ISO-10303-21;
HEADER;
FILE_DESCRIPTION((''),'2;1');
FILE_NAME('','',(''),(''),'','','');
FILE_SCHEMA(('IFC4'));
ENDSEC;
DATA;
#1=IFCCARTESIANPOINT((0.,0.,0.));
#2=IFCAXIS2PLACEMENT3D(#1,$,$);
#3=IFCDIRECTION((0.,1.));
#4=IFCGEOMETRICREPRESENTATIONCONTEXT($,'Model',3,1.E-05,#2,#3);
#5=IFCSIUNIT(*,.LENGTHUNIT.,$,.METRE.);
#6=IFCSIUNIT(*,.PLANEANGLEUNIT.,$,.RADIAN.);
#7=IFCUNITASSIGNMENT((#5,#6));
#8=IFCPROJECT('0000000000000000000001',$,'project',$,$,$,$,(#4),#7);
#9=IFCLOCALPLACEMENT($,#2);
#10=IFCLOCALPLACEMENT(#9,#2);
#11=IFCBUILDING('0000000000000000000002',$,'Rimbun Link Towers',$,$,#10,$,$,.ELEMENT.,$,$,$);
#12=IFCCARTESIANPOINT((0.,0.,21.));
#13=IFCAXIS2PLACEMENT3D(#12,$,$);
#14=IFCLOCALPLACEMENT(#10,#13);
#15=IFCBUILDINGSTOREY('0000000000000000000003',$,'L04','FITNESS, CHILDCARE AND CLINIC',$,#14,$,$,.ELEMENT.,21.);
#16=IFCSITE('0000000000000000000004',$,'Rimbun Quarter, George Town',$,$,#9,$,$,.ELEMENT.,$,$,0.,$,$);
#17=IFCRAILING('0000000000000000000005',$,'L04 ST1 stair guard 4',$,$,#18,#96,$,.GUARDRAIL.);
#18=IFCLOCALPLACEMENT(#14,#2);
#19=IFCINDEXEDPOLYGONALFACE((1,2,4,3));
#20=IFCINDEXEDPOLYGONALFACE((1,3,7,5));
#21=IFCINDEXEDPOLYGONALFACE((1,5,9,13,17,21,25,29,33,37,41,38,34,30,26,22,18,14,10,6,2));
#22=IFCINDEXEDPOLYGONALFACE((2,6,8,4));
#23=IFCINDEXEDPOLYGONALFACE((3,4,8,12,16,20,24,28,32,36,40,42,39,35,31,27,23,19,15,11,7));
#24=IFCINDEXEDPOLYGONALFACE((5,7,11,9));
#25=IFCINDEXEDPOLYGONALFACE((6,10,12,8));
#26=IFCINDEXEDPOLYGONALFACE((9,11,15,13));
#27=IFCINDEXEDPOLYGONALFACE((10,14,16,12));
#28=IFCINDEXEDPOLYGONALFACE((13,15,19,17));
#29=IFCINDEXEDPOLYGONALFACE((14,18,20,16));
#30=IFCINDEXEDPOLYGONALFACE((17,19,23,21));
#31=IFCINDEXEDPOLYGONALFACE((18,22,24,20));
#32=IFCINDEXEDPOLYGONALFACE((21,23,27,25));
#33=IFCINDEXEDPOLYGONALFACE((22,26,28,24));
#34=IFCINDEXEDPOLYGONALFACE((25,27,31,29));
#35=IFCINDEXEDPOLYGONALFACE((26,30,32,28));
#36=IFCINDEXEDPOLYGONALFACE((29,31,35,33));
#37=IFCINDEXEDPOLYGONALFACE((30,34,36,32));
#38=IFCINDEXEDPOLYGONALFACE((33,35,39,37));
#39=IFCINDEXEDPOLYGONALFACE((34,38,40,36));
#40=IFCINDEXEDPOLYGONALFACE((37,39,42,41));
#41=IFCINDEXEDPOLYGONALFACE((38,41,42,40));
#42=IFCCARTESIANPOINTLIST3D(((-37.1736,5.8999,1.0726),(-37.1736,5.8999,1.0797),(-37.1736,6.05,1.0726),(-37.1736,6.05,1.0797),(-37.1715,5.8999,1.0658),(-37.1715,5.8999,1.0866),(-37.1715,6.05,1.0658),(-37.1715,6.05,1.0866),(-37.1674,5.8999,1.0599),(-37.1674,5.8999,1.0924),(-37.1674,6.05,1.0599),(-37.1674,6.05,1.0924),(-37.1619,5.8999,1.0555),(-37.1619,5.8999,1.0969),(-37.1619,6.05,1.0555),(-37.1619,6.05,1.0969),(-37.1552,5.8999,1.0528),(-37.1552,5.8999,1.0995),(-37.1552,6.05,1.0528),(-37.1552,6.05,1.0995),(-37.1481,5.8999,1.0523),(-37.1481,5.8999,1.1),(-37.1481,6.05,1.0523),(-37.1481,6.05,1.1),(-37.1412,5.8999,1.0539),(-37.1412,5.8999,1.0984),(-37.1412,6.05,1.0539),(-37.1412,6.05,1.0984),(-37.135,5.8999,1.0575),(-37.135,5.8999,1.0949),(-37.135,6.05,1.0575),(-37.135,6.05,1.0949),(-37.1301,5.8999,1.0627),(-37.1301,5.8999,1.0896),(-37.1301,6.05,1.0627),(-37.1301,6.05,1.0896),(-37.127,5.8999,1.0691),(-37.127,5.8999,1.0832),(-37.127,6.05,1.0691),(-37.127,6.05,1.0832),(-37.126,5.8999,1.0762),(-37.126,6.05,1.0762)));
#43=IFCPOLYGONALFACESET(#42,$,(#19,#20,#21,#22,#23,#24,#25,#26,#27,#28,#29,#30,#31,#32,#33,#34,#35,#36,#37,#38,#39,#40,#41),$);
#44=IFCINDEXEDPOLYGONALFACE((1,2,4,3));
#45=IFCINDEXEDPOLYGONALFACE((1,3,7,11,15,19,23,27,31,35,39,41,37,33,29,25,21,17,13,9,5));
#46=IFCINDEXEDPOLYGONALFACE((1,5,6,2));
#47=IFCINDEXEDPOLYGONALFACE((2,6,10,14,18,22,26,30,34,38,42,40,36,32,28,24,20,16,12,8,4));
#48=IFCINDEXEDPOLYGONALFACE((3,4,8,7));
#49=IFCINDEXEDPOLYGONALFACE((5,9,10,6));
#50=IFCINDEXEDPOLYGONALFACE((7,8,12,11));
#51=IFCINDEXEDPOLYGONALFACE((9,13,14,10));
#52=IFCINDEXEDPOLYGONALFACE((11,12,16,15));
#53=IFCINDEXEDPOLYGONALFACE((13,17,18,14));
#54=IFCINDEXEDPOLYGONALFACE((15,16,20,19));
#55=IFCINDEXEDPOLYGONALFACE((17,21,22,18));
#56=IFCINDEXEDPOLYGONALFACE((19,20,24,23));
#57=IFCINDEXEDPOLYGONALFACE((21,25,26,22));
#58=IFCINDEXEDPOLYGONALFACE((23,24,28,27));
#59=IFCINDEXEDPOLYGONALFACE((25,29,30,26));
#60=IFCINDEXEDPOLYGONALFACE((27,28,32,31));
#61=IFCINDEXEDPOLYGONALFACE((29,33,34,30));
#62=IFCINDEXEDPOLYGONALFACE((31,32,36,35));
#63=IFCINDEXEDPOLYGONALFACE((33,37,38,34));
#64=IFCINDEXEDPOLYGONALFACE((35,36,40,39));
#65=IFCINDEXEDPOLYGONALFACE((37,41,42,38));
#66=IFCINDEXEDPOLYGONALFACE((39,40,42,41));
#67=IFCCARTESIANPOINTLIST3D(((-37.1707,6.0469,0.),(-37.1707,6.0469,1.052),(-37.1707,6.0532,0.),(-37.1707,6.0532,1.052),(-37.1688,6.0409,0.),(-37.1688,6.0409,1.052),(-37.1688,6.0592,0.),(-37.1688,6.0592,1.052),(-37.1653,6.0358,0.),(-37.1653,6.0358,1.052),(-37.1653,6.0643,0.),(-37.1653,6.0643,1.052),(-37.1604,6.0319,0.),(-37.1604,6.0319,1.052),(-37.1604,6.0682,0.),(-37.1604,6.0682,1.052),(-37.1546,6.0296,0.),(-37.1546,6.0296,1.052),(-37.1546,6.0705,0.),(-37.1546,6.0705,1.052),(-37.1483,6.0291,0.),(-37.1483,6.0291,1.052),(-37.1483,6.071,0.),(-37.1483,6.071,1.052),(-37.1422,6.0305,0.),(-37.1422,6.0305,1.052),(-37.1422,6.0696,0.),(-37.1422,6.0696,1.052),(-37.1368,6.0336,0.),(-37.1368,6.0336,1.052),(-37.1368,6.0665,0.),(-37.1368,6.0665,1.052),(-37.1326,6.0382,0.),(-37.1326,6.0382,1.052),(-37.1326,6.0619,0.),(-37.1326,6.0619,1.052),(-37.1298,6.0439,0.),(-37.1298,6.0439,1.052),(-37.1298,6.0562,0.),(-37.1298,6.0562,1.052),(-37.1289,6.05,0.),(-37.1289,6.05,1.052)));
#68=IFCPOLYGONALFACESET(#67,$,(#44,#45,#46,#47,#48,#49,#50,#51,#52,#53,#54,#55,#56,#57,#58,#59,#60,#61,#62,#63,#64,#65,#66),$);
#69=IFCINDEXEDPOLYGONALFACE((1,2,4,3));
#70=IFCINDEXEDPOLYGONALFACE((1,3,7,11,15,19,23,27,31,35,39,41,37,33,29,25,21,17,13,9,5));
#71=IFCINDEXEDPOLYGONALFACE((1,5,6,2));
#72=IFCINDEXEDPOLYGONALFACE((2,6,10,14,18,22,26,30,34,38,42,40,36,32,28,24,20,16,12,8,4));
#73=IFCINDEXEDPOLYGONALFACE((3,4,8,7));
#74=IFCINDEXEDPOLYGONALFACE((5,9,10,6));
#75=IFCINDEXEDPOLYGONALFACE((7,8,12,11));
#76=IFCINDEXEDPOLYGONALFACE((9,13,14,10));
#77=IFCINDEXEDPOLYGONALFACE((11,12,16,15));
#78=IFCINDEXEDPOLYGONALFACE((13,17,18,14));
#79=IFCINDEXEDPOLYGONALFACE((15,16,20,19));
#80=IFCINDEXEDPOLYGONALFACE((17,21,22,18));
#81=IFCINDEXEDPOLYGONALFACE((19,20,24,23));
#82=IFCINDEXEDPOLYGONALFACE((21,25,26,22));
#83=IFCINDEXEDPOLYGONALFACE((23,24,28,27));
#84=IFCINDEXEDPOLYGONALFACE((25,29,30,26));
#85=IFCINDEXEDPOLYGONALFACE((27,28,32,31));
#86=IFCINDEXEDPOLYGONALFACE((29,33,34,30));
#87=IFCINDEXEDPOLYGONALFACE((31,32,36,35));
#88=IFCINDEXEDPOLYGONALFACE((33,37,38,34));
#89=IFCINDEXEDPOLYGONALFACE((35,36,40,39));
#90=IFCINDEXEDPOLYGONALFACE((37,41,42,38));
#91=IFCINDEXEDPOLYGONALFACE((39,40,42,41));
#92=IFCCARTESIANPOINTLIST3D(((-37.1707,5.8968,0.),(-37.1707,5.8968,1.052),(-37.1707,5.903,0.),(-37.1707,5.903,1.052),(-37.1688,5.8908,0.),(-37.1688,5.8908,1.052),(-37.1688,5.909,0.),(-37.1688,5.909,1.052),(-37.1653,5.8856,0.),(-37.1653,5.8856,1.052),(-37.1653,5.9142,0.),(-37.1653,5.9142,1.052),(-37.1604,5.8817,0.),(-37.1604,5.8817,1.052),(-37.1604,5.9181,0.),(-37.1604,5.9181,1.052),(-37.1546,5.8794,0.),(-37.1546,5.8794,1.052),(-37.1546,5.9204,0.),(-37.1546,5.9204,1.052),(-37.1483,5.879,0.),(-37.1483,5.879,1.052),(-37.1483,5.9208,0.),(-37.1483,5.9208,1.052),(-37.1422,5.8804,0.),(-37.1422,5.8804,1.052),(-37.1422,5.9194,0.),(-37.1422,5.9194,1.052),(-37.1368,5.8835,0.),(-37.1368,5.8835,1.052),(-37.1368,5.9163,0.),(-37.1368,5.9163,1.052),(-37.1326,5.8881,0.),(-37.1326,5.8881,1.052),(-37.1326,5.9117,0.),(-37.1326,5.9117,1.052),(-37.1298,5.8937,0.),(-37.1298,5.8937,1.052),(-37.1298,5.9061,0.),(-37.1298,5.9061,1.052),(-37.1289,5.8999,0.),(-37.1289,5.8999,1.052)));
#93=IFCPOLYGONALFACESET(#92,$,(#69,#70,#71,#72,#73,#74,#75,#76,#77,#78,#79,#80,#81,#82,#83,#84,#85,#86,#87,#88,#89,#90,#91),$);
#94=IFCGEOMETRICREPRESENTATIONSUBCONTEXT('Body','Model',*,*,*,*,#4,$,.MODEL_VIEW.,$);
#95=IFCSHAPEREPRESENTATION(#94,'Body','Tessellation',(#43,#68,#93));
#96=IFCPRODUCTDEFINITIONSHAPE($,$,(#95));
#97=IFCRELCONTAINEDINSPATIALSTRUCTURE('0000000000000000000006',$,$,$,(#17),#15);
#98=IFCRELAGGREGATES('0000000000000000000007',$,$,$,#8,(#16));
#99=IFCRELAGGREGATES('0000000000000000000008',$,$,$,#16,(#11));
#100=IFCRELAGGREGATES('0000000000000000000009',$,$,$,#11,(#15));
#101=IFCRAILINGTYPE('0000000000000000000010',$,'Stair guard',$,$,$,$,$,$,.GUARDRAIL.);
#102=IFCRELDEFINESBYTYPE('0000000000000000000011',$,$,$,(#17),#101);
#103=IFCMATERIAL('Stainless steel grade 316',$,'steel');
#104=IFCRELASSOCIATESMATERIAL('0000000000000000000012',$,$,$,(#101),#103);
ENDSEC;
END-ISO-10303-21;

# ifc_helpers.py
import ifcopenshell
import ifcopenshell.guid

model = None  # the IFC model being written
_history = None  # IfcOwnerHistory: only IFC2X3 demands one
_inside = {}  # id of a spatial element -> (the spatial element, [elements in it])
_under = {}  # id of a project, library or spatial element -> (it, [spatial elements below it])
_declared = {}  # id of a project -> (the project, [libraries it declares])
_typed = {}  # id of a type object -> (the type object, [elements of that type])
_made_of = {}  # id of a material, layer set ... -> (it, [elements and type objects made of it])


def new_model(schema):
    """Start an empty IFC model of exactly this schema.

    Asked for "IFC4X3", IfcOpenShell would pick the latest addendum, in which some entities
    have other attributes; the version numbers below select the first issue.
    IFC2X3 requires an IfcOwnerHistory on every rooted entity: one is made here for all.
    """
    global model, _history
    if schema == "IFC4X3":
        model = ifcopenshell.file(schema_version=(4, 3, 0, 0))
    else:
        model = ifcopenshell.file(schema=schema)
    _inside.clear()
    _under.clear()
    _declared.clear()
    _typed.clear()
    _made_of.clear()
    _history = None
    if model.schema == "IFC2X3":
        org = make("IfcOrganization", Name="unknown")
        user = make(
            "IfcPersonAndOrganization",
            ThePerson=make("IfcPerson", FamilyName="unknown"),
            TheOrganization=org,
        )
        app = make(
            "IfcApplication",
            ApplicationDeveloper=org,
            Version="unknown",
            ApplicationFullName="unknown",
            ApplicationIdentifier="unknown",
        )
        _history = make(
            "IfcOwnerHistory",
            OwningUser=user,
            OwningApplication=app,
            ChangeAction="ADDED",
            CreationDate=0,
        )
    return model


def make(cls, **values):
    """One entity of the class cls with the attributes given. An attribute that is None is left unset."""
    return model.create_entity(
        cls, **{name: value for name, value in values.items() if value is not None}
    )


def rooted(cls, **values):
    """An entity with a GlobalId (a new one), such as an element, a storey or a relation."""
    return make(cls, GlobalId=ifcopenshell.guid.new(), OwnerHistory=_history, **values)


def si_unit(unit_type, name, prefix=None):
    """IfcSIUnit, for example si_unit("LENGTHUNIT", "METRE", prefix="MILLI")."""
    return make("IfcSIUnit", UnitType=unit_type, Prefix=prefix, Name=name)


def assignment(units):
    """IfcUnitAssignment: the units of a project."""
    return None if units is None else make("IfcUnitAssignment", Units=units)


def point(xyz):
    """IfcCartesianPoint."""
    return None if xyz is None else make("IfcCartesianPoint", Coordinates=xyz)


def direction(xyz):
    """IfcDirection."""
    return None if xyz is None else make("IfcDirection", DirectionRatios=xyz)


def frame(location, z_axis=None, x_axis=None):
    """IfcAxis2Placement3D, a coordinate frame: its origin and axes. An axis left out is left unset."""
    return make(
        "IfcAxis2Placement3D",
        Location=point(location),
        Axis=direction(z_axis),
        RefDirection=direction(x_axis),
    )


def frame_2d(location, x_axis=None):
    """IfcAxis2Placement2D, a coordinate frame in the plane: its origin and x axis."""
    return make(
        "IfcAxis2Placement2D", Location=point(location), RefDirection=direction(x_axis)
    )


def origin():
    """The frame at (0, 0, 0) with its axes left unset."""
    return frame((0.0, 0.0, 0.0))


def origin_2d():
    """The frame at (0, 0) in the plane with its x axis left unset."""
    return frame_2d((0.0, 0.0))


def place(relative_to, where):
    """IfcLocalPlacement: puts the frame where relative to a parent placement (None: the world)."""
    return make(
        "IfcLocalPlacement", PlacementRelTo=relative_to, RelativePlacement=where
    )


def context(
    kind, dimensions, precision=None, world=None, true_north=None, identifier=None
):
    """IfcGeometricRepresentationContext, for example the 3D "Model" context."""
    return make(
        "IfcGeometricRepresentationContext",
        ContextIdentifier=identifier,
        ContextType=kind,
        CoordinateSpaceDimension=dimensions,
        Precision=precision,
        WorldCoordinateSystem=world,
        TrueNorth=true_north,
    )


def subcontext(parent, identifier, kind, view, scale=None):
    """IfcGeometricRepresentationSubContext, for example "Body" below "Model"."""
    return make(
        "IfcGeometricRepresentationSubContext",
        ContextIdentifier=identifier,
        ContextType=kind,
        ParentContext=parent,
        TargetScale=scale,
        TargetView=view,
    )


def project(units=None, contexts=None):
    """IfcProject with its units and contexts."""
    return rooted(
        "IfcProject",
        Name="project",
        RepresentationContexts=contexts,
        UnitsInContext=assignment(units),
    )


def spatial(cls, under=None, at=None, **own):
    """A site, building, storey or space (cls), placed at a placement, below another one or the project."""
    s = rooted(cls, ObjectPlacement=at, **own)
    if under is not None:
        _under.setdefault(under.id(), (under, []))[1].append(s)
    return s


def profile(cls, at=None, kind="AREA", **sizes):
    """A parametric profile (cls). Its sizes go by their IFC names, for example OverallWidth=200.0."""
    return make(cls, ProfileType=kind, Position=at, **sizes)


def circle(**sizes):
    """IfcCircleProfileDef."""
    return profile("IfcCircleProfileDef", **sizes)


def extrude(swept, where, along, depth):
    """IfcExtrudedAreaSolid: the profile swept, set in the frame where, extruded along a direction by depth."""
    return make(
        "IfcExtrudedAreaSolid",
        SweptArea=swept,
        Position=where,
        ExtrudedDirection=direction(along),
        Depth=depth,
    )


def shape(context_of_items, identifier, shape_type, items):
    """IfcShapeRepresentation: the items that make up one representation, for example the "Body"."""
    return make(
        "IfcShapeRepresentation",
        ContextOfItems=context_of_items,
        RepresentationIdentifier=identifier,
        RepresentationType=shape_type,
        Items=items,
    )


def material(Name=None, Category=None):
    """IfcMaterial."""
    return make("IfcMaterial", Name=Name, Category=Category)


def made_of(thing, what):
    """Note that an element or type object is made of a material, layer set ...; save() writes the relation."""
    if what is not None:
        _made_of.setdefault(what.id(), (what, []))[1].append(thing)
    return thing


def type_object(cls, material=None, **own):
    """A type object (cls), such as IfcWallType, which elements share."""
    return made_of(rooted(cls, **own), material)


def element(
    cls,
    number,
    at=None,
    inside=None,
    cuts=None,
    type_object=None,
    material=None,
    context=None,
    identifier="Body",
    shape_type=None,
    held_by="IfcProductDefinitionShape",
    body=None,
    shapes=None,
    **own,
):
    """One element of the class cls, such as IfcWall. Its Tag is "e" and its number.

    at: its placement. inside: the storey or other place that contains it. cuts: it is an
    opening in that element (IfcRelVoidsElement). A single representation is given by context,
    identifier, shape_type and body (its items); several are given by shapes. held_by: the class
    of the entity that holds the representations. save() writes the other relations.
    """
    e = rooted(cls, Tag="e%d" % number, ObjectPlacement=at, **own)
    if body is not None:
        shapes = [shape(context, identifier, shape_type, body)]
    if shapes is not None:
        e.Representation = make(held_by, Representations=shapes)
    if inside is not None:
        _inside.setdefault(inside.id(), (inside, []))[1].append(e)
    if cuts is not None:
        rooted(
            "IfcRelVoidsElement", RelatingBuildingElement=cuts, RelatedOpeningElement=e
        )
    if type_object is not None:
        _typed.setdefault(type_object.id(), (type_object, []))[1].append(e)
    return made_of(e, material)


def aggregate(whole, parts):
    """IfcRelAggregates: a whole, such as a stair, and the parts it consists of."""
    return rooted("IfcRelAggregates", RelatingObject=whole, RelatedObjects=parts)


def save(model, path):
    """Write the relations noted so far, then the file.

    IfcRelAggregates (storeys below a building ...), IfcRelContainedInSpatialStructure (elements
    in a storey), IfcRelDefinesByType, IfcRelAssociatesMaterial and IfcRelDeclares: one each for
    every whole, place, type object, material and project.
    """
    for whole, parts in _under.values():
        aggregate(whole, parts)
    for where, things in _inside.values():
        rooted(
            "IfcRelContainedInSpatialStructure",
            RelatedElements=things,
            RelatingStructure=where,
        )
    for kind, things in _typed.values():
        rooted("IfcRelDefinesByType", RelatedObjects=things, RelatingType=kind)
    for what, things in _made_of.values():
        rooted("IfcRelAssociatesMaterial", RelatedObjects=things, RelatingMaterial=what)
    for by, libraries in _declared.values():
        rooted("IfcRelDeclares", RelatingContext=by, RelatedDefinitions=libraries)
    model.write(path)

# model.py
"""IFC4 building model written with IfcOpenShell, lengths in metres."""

from ifc_helpers import new_model, si_unit, direction, frame, origin, origin_2d, place, context, subcontext, project, spatial, circle, extrude, material, type_object, element, save


model = new_model("IFC4")

# Units and contexts
model_context = context("Model", 3, precision=1e-05, world=origin(), true_north=direction((0.0, 1.0)))
body_context = subcontext(model_context, "Body", "Model", "MODEL_VIEW")
ifc_project = project(units=[si_unit("LENGTHUNIT", "METRE"), si_unit("PLANEANGLEUNIT", "RADIAN")], contexts=[model_context])

# Site, building, storey
site_placement = place(None, origin())
site = spatial("IfcSite", under=ifc_project, at=site_placement, Name="Rimbun Quarter, George Town", CompositionType="ELEMENT", RefElevation=0.0)
building_placement = place(site_placement, origin())
building = spatial("IfcBuilding", under=site, at=building_placement, Name="Rimbun Link Towers", CompositionType="ELEMENT")
storey_placement = place(building_placement, frame((0.0, 0.0, 21.0)))
storey = spatial("IfcBuildingStorey", under=building, at=storey_placement, Name="L04", Description="FITNESS, CHILDCARE AND CLINIC", CompositionType="ELEMENT", Elevation=21.0)

# Railing
ifc_material_1 = material(Name="Stainless steel grade 316", Category="steel")
railing_type_1 = type_object("IfcRailingType", Name="Stair guard", PredefinedType="GUARDRAIL", material=ifc_material_1)
railing_1_placement = place(storey_placement, frame((-37.1499, 6.05, 0.0)))
element("IfcRailing", 1, at=railing_1_placement, inside=storey, type_object=railing_type_1, Name="L04 ST1 stair guard 4", PredefinedType="GUARDRAIL", context=body_context, shape_type="SweptSolid", body=[
    extrude(circle(Radius=0.0239, at=origin_2d()), frame((0.0, 0.0, 1.0762), z_axis=(0.0, -1.0, 0.0), x_axis=(1.0, 0.0, 0.0)), (0.0, 0.0, 1.0), 0.1501),
    extrude(circle(Radius=0.021, at=origin_2d()), origin(), (0.0, 0.0, 1.0), 1.052),
    extrude(circle(Radius=0.021, at=origin_2d()), frame((0.0, -0.1501, 0.0)), (0.0, 0.0, 1.0), 1.052),
])

save(model, "model.ifc")
